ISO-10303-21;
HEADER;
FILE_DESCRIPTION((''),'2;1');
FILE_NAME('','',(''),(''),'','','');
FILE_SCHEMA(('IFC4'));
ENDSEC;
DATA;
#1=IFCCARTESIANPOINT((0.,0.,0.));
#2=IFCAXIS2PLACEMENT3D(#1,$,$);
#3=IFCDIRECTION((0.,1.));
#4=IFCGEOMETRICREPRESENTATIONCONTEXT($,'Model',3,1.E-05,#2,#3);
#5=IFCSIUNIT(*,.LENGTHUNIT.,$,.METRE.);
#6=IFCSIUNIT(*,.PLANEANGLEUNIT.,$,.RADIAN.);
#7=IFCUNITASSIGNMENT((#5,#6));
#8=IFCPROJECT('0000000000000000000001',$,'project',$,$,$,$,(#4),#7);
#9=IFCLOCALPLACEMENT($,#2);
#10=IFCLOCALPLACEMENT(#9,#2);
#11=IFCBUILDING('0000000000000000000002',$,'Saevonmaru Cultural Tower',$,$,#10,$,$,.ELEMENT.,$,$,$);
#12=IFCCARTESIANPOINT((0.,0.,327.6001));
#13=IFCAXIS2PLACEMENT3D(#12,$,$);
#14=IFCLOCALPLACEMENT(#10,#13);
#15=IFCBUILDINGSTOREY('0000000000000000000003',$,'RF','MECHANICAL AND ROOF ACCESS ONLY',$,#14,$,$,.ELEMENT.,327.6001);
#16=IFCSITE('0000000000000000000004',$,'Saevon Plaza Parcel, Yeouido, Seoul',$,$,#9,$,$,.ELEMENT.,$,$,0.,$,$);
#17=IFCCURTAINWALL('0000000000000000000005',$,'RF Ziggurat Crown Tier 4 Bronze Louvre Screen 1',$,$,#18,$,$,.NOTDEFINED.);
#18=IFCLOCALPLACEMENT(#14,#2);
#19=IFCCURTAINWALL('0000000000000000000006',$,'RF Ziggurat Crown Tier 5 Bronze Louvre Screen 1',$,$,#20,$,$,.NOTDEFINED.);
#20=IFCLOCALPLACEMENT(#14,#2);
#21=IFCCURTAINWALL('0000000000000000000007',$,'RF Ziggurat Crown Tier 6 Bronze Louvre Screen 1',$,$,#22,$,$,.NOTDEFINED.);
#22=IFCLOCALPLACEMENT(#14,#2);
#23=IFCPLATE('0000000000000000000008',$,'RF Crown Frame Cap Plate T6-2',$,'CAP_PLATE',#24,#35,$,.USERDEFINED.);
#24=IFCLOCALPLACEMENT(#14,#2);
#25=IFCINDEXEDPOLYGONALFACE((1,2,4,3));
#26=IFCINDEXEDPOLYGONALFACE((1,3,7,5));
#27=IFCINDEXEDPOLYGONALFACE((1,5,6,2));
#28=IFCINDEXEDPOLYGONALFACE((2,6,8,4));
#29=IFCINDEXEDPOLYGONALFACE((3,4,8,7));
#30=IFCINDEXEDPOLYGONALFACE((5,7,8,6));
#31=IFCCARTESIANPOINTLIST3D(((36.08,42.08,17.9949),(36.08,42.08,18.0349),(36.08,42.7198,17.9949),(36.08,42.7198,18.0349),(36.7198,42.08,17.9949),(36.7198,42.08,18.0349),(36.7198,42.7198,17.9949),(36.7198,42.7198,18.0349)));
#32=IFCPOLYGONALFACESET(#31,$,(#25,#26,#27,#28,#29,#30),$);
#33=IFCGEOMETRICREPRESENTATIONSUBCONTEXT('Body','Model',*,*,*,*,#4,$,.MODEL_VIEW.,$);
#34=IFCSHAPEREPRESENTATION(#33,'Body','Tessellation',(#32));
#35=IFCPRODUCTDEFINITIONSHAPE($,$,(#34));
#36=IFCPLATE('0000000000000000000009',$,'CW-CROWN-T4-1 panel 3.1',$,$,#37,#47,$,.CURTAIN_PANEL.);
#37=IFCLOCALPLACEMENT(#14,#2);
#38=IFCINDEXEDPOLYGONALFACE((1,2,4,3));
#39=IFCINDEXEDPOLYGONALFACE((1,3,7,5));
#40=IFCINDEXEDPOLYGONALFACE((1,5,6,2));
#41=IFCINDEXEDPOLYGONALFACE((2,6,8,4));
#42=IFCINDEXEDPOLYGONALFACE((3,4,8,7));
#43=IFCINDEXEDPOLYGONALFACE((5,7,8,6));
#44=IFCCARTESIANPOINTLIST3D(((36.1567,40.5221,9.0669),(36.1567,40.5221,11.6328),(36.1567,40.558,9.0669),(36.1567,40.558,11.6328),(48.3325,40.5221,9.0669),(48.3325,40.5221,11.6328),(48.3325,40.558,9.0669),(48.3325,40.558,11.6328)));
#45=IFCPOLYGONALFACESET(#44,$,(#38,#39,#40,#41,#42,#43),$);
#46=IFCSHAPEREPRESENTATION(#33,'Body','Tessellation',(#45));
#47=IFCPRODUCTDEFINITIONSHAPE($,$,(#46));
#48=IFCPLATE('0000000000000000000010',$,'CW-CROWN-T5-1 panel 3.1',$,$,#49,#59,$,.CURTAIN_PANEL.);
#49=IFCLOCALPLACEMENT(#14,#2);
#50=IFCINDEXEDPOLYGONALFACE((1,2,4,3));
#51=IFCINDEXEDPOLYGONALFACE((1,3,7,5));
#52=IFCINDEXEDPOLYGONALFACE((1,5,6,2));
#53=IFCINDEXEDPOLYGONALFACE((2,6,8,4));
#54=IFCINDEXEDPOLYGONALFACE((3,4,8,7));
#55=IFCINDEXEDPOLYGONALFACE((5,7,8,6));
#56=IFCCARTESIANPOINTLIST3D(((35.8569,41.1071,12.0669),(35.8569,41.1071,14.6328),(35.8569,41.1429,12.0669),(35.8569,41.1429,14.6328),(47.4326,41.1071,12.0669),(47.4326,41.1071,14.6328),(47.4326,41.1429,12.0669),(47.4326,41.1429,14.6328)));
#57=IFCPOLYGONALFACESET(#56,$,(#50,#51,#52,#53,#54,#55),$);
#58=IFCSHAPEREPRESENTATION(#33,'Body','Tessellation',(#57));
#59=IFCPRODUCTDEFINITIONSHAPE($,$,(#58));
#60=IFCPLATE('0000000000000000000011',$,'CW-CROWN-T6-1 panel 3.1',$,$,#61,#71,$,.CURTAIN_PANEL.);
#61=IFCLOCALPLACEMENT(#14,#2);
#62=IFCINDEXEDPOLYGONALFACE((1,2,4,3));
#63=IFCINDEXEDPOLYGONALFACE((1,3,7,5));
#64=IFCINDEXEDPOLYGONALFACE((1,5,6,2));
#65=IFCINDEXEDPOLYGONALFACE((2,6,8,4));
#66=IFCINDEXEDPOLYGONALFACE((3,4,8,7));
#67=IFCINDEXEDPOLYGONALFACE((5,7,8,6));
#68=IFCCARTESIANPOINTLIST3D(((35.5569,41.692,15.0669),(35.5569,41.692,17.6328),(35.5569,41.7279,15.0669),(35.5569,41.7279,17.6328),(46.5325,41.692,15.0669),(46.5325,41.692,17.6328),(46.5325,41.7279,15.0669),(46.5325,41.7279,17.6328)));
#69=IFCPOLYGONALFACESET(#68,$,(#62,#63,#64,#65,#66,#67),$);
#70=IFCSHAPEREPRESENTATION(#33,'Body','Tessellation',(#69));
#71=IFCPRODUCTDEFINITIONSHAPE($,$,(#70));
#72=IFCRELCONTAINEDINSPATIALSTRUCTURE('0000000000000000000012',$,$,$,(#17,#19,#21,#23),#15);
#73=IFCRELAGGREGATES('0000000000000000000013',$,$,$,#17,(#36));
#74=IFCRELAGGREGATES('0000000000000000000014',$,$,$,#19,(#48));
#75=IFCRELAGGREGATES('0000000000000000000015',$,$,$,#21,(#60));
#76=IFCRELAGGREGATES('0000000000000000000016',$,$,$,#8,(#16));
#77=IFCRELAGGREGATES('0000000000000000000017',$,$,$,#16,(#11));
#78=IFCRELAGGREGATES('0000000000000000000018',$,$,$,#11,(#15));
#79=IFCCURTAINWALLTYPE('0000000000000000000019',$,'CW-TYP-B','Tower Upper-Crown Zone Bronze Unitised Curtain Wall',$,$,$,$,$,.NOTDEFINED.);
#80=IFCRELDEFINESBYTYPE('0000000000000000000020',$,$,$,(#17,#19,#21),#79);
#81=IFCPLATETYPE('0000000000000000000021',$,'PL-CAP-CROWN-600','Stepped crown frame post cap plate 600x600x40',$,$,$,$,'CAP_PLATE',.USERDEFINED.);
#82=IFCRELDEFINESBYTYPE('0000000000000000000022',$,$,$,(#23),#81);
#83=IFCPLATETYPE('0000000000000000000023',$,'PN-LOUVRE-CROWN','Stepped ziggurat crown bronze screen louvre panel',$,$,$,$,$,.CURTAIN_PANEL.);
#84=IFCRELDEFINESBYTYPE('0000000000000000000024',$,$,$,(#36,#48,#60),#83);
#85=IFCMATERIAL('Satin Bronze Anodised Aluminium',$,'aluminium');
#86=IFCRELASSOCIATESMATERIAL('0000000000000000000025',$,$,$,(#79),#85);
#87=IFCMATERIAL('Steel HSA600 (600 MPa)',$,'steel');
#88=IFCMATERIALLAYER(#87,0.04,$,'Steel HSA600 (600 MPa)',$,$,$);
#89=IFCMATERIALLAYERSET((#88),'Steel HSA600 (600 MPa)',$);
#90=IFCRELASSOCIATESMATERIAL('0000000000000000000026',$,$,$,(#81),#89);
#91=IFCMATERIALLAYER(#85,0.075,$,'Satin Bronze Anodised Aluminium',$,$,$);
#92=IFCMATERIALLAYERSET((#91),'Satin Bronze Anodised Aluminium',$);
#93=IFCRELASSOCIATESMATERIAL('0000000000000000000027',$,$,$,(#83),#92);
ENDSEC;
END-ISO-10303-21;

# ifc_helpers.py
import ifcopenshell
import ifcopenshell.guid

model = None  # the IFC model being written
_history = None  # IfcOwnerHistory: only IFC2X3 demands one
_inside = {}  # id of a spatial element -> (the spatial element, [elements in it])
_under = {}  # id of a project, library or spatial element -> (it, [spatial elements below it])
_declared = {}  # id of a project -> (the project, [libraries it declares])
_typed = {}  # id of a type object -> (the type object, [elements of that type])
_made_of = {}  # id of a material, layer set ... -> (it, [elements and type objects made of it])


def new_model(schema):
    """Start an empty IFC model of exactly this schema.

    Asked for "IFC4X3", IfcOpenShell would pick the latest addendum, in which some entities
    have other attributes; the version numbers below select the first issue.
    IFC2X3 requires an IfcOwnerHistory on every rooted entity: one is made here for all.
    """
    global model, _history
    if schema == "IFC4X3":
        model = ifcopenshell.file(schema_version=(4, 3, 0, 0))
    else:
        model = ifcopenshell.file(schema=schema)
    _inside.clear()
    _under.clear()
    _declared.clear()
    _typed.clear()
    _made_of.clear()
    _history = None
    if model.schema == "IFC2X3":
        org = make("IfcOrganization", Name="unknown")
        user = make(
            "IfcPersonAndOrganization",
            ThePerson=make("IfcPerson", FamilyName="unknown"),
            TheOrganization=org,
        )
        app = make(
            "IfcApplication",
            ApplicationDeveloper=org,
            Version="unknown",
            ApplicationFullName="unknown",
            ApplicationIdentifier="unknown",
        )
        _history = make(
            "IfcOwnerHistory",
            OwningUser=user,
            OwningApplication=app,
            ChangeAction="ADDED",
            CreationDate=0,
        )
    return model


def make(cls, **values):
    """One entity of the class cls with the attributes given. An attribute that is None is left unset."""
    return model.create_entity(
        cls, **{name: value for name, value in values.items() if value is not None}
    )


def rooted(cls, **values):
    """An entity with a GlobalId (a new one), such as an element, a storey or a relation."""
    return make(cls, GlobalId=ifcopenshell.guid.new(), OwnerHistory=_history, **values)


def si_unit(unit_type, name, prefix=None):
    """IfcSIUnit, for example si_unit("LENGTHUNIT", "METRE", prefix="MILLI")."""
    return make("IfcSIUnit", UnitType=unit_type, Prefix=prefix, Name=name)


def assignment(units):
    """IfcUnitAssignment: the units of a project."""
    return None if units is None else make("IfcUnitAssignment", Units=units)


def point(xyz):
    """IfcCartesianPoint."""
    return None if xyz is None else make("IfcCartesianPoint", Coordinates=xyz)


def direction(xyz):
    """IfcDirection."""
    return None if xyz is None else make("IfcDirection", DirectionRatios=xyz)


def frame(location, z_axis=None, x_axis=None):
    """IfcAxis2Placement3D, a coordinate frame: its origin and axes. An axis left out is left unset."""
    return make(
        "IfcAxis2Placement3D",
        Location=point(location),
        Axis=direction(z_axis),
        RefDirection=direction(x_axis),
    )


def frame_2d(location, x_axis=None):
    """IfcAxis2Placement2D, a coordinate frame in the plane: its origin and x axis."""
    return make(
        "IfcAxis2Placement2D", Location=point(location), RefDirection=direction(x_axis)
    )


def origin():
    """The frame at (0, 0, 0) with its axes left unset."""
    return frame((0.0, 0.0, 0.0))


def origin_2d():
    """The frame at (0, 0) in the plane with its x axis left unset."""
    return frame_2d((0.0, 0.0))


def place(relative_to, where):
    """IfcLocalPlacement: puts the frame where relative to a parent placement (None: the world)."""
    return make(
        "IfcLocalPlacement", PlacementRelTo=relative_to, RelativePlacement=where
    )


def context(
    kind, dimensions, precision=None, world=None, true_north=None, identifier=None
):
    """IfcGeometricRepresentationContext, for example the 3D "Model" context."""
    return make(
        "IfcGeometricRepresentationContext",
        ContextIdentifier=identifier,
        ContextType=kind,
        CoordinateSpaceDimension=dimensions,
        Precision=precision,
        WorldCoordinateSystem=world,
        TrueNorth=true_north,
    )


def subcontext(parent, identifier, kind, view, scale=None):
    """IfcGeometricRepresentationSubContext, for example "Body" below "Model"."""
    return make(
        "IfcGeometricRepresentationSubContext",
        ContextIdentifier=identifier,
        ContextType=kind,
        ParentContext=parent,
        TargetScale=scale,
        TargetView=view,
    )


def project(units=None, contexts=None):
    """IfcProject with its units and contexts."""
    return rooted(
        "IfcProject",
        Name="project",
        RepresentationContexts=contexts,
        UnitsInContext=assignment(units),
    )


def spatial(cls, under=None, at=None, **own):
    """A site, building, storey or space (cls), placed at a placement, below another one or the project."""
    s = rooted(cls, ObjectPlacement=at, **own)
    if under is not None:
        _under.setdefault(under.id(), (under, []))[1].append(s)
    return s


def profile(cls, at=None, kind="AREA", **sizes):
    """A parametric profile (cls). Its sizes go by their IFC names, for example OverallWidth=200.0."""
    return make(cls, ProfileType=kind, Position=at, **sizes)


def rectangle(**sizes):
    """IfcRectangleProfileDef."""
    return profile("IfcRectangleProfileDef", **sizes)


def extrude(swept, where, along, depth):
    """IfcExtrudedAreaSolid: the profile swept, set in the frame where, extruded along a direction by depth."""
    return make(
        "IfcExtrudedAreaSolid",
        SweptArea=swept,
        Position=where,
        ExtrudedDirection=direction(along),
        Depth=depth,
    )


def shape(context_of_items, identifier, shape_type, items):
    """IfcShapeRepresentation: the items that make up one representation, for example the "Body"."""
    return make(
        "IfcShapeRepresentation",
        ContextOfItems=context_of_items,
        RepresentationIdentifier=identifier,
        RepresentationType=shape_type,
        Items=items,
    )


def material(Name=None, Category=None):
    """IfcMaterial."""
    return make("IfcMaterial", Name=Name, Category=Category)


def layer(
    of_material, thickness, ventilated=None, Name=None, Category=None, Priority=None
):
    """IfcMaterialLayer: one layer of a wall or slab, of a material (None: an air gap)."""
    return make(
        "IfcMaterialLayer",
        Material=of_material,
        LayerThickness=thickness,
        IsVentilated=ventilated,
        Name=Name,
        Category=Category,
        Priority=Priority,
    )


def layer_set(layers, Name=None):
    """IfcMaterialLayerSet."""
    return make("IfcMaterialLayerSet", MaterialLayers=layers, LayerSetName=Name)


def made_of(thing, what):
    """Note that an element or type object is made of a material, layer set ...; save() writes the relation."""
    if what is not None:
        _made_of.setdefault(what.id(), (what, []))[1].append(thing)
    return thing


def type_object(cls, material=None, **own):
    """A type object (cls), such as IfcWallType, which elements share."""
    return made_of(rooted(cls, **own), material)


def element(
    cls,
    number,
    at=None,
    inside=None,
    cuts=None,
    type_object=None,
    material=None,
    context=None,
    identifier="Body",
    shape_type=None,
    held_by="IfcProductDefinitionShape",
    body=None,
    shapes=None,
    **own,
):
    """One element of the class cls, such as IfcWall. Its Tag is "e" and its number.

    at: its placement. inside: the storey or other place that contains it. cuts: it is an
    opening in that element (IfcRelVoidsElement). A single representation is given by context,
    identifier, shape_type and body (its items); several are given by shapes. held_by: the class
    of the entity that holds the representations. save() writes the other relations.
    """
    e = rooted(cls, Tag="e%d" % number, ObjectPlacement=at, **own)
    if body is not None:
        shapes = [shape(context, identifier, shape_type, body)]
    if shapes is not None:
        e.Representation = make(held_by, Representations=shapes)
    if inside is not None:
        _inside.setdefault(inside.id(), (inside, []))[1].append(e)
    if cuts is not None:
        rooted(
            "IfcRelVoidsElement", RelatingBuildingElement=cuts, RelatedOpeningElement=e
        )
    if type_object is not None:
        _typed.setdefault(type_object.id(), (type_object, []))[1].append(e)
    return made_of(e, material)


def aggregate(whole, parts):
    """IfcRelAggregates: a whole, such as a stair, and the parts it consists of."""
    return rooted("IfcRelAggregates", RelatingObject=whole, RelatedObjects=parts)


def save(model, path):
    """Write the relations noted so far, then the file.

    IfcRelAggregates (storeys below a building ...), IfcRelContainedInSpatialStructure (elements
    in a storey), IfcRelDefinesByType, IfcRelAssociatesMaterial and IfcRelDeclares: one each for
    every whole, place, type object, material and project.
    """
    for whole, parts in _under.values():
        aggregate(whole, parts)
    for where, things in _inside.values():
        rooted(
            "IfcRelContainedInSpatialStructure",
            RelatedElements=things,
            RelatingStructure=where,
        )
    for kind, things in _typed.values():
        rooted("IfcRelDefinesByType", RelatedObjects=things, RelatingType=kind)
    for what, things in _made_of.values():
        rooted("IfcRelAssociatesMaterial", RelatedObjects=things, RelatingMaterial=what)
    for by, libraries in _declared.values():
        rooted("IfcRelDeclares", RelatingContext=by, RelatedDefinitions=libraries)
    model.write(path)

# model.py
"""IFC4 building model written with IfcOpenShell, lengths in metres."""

from ifc_helpers import new_model, si_unit, direction, frame, origin, origin_2d, place, context, subcontext, project, spatial, rectangle, extrude, material, layer, layer_set, type_object, element, aggregate, save


model = new_model("IFC4")

# Units and contexts
model_context = context("Model", 3, precision=1e-05, world=origin(), true_north=direction((0.0, 1.0)))
body_context = subcontext(model_context, "Body", "Model", "MODEL_VIEW")
ifc_project = project(units=[si_unit("LENGTHUNIT", "METRE"), si_unit("PLANEANGLEUNIT", "RADIAN")], contexts=[model_context])

# Site, building, storey
site_placement = place(None, origin())
site = spatial("IfcSite", under=ifc_project, at=site_placement, Name="Saevon Plaza Parcel, Yeouido, Seoul", CompositionType="ELEMENT", RefElevation=0.0)
building_placement = place(site_placement, origin())
building = spatial("IfcBuilding", under=site, at=building_placement, Name="Saevonmaru Cultural Tower", CompositionType="ELEMENT")
storey_placement = place(building_placement, frame((0.0, 0.0, 327.6001)))
storey = spatial("IfcBuildingStorey", under=building, at=storey_placement, Name="RF", Description="MECHANICAL AND ROOF ACCESS ONLY", CompositionType="ELEMENT", Elevation=327.6001)

# Curtain walls
ifc_material_1 = material(Name="Satin Bronze Anodised Aluminium", Category="aluminium")
curtain_wall_type = type_object("IfcCurtainWallType", Name="CW-TYP-B", Description="Tower Upper-Crown Zone Bronze Unitised Curtain Wall", PredefinedType="NOTDEFINED", material=ifc_material_1)
curtain_wall_1_placement = place(storey_placement, origin())
curtain_wall_1 = element("IfcCurtainWall", 1, at=curtain_wall_1_placement, inside=storey, type_object=curtain_wall_type, Name="RF Ziggurat Crown Tier 4 Bronze Louvre Screen 1", PredefinedType="NOTDEFINED")
curtain_wall_2_placement = place(storey_placement, origin())
curtain_wall_2 = element("IfcCurtainWall", 2, at=curtain_wall_2_placement, inside=storey, type_object=curtain_wall_type, Name="RF Ziggurat Crown Tier 5 Bronze Louvre Screen 1", PredefinedType="NOTDEFINED")
curtain_wall_3_placement = place(storey_placement, origin())
curtain_wall_3 = element("IfcCurtainWall", 3, at=curtain_wall_3_placement, inside=storey, type_object=curtain_wall_type, Name="RF Ziggurat Crown Tier 6 Bronze Louvre Screen 1", PredefinedType="NOTDEFINED")

# Plates
ifc_material_2 = material(Name="Steel HSA600 (600 MPa)", Category="steel")
ifc_layer_1 = layer(ifc_material_2, 0.04, Name="Steel HSA600 (600 MPa)")
ifc_layer_set_1 = layer_set([ifc_layer_1], Name="Steel HSA600 (600 MPa)")
plate_type_1 = type_object("IfcPlateType", Name="PL-CAP-CROWN-600", Description="Stepped crown frame post cap plate 600x600x40", ElementType="CAP_PLATE", PredefinedType="USERDEFINED", material=ifc_layer_set_1)
plate_1_placement = place(storey_placement, frame((36.3999, 42.3999, 17.9949), z_axis=(0.0, 0.0, 1.0), x_axis=(1.0, 0.0, 0.0)))
element("IfcPlate", 4, at=plate_1_placement, inside=storey, type_object=plate_type_1, Name="RF Crown Frame Cap Plate T6-2", ObjectType="CAP_PLATE", PredefinedType="USERDEFINED", context=body_context, shape_type="SweptSolid", body=[
    extrude(rectangle(XDim=0.6399, YDim=0.6399, at=origin_2d()), origin(), (0.0, 0.0, 1.0), 0.04),
])
ifc_layer_2 = layer(ifc_material_1, 0.075, Name="Satin Bronze Anodised Aluminium")
ifc_layer_set_2 = layer_set([ifc_layer_2], Name="Satin Bronze Anodised Aluminium")
plate_type_2 = type_object("IfcPlateType", Name="PN-LOUVRE-CROWN", Description="Stepped ziggurat crown bronze screen louvre panel", PredefinedType="CURTAIN_PANEL", material=ifc_layer_set_2)
plate_2_placement = place(storey_placement, frame((42.2446, 40.54, 9.0669), z_axis=(0.0, 0.0, 1.0), x_axis=(1.0, 0.0, 0.0)))
plate_2 = element("IfcPlate", 5, at=plate_2_placement, type_object=plate_type_2, Name="CW-CROWN-T4-1 panel 3.1", PredefinedType="CURTAIN_PANEL", context=body_context, shape_type="SweptSolid", body=[
    extrude(rectangle(XDim=12.1758, YDim=0.0359, at=origin_2d()), origin(), (0.0, 0.0, 1.0), 2.5659),
])
aggregate(curtain_wall_1, [plate_2])
plate_3_placement = place(storey_placement, frame((41.6448, 41.125, 12.0669), z_axis=(0.0, 0.0, 1.0), x_axis=(1.0, 0.0, 0.0)))
plate_3 = element("IfcPlate", 6, at=plate_3_placement, type_object=plate_type_2, Name="CW-CROWN-T5-1 panel 3.1", PredefinedType="CURTAIN_PANEL", context=body_context, shape_type="SweptSolid", body=[
    extrude(rectangle(XDim=11.5757, YDim=0.0359, at=origin_2d()), origin(), (0.0, 0.0, 1.0), 2.5659),
])
aggregate(curtain_wall_2, [plate_3])
plate_4_placement = place(storey_placement, frame((41.0447, 41.71, 15.0669), z_axis=(0.0, 0.0, 1.0), x_axis=(1.0, 0.0, 0.0)))
plate_4 = element("IfcPlate", 7, at=plate_4_placement, type_object=plate_type_2, Name="CW-CROWN-T6-1 panel 3.1", PredefinedType="CURTAIN_PANEL", context=body_context, shape_type="SweptSolid", body=[
    extrude(rectangle(XDim=10.9756, YDim=0.0359, at=origin_2d()), origin(), (0.0, 0.0, 1.0), 2.5659),
])
aggregate(curtain_wall_3, [plate_4])

save(model, "model.ifc")
